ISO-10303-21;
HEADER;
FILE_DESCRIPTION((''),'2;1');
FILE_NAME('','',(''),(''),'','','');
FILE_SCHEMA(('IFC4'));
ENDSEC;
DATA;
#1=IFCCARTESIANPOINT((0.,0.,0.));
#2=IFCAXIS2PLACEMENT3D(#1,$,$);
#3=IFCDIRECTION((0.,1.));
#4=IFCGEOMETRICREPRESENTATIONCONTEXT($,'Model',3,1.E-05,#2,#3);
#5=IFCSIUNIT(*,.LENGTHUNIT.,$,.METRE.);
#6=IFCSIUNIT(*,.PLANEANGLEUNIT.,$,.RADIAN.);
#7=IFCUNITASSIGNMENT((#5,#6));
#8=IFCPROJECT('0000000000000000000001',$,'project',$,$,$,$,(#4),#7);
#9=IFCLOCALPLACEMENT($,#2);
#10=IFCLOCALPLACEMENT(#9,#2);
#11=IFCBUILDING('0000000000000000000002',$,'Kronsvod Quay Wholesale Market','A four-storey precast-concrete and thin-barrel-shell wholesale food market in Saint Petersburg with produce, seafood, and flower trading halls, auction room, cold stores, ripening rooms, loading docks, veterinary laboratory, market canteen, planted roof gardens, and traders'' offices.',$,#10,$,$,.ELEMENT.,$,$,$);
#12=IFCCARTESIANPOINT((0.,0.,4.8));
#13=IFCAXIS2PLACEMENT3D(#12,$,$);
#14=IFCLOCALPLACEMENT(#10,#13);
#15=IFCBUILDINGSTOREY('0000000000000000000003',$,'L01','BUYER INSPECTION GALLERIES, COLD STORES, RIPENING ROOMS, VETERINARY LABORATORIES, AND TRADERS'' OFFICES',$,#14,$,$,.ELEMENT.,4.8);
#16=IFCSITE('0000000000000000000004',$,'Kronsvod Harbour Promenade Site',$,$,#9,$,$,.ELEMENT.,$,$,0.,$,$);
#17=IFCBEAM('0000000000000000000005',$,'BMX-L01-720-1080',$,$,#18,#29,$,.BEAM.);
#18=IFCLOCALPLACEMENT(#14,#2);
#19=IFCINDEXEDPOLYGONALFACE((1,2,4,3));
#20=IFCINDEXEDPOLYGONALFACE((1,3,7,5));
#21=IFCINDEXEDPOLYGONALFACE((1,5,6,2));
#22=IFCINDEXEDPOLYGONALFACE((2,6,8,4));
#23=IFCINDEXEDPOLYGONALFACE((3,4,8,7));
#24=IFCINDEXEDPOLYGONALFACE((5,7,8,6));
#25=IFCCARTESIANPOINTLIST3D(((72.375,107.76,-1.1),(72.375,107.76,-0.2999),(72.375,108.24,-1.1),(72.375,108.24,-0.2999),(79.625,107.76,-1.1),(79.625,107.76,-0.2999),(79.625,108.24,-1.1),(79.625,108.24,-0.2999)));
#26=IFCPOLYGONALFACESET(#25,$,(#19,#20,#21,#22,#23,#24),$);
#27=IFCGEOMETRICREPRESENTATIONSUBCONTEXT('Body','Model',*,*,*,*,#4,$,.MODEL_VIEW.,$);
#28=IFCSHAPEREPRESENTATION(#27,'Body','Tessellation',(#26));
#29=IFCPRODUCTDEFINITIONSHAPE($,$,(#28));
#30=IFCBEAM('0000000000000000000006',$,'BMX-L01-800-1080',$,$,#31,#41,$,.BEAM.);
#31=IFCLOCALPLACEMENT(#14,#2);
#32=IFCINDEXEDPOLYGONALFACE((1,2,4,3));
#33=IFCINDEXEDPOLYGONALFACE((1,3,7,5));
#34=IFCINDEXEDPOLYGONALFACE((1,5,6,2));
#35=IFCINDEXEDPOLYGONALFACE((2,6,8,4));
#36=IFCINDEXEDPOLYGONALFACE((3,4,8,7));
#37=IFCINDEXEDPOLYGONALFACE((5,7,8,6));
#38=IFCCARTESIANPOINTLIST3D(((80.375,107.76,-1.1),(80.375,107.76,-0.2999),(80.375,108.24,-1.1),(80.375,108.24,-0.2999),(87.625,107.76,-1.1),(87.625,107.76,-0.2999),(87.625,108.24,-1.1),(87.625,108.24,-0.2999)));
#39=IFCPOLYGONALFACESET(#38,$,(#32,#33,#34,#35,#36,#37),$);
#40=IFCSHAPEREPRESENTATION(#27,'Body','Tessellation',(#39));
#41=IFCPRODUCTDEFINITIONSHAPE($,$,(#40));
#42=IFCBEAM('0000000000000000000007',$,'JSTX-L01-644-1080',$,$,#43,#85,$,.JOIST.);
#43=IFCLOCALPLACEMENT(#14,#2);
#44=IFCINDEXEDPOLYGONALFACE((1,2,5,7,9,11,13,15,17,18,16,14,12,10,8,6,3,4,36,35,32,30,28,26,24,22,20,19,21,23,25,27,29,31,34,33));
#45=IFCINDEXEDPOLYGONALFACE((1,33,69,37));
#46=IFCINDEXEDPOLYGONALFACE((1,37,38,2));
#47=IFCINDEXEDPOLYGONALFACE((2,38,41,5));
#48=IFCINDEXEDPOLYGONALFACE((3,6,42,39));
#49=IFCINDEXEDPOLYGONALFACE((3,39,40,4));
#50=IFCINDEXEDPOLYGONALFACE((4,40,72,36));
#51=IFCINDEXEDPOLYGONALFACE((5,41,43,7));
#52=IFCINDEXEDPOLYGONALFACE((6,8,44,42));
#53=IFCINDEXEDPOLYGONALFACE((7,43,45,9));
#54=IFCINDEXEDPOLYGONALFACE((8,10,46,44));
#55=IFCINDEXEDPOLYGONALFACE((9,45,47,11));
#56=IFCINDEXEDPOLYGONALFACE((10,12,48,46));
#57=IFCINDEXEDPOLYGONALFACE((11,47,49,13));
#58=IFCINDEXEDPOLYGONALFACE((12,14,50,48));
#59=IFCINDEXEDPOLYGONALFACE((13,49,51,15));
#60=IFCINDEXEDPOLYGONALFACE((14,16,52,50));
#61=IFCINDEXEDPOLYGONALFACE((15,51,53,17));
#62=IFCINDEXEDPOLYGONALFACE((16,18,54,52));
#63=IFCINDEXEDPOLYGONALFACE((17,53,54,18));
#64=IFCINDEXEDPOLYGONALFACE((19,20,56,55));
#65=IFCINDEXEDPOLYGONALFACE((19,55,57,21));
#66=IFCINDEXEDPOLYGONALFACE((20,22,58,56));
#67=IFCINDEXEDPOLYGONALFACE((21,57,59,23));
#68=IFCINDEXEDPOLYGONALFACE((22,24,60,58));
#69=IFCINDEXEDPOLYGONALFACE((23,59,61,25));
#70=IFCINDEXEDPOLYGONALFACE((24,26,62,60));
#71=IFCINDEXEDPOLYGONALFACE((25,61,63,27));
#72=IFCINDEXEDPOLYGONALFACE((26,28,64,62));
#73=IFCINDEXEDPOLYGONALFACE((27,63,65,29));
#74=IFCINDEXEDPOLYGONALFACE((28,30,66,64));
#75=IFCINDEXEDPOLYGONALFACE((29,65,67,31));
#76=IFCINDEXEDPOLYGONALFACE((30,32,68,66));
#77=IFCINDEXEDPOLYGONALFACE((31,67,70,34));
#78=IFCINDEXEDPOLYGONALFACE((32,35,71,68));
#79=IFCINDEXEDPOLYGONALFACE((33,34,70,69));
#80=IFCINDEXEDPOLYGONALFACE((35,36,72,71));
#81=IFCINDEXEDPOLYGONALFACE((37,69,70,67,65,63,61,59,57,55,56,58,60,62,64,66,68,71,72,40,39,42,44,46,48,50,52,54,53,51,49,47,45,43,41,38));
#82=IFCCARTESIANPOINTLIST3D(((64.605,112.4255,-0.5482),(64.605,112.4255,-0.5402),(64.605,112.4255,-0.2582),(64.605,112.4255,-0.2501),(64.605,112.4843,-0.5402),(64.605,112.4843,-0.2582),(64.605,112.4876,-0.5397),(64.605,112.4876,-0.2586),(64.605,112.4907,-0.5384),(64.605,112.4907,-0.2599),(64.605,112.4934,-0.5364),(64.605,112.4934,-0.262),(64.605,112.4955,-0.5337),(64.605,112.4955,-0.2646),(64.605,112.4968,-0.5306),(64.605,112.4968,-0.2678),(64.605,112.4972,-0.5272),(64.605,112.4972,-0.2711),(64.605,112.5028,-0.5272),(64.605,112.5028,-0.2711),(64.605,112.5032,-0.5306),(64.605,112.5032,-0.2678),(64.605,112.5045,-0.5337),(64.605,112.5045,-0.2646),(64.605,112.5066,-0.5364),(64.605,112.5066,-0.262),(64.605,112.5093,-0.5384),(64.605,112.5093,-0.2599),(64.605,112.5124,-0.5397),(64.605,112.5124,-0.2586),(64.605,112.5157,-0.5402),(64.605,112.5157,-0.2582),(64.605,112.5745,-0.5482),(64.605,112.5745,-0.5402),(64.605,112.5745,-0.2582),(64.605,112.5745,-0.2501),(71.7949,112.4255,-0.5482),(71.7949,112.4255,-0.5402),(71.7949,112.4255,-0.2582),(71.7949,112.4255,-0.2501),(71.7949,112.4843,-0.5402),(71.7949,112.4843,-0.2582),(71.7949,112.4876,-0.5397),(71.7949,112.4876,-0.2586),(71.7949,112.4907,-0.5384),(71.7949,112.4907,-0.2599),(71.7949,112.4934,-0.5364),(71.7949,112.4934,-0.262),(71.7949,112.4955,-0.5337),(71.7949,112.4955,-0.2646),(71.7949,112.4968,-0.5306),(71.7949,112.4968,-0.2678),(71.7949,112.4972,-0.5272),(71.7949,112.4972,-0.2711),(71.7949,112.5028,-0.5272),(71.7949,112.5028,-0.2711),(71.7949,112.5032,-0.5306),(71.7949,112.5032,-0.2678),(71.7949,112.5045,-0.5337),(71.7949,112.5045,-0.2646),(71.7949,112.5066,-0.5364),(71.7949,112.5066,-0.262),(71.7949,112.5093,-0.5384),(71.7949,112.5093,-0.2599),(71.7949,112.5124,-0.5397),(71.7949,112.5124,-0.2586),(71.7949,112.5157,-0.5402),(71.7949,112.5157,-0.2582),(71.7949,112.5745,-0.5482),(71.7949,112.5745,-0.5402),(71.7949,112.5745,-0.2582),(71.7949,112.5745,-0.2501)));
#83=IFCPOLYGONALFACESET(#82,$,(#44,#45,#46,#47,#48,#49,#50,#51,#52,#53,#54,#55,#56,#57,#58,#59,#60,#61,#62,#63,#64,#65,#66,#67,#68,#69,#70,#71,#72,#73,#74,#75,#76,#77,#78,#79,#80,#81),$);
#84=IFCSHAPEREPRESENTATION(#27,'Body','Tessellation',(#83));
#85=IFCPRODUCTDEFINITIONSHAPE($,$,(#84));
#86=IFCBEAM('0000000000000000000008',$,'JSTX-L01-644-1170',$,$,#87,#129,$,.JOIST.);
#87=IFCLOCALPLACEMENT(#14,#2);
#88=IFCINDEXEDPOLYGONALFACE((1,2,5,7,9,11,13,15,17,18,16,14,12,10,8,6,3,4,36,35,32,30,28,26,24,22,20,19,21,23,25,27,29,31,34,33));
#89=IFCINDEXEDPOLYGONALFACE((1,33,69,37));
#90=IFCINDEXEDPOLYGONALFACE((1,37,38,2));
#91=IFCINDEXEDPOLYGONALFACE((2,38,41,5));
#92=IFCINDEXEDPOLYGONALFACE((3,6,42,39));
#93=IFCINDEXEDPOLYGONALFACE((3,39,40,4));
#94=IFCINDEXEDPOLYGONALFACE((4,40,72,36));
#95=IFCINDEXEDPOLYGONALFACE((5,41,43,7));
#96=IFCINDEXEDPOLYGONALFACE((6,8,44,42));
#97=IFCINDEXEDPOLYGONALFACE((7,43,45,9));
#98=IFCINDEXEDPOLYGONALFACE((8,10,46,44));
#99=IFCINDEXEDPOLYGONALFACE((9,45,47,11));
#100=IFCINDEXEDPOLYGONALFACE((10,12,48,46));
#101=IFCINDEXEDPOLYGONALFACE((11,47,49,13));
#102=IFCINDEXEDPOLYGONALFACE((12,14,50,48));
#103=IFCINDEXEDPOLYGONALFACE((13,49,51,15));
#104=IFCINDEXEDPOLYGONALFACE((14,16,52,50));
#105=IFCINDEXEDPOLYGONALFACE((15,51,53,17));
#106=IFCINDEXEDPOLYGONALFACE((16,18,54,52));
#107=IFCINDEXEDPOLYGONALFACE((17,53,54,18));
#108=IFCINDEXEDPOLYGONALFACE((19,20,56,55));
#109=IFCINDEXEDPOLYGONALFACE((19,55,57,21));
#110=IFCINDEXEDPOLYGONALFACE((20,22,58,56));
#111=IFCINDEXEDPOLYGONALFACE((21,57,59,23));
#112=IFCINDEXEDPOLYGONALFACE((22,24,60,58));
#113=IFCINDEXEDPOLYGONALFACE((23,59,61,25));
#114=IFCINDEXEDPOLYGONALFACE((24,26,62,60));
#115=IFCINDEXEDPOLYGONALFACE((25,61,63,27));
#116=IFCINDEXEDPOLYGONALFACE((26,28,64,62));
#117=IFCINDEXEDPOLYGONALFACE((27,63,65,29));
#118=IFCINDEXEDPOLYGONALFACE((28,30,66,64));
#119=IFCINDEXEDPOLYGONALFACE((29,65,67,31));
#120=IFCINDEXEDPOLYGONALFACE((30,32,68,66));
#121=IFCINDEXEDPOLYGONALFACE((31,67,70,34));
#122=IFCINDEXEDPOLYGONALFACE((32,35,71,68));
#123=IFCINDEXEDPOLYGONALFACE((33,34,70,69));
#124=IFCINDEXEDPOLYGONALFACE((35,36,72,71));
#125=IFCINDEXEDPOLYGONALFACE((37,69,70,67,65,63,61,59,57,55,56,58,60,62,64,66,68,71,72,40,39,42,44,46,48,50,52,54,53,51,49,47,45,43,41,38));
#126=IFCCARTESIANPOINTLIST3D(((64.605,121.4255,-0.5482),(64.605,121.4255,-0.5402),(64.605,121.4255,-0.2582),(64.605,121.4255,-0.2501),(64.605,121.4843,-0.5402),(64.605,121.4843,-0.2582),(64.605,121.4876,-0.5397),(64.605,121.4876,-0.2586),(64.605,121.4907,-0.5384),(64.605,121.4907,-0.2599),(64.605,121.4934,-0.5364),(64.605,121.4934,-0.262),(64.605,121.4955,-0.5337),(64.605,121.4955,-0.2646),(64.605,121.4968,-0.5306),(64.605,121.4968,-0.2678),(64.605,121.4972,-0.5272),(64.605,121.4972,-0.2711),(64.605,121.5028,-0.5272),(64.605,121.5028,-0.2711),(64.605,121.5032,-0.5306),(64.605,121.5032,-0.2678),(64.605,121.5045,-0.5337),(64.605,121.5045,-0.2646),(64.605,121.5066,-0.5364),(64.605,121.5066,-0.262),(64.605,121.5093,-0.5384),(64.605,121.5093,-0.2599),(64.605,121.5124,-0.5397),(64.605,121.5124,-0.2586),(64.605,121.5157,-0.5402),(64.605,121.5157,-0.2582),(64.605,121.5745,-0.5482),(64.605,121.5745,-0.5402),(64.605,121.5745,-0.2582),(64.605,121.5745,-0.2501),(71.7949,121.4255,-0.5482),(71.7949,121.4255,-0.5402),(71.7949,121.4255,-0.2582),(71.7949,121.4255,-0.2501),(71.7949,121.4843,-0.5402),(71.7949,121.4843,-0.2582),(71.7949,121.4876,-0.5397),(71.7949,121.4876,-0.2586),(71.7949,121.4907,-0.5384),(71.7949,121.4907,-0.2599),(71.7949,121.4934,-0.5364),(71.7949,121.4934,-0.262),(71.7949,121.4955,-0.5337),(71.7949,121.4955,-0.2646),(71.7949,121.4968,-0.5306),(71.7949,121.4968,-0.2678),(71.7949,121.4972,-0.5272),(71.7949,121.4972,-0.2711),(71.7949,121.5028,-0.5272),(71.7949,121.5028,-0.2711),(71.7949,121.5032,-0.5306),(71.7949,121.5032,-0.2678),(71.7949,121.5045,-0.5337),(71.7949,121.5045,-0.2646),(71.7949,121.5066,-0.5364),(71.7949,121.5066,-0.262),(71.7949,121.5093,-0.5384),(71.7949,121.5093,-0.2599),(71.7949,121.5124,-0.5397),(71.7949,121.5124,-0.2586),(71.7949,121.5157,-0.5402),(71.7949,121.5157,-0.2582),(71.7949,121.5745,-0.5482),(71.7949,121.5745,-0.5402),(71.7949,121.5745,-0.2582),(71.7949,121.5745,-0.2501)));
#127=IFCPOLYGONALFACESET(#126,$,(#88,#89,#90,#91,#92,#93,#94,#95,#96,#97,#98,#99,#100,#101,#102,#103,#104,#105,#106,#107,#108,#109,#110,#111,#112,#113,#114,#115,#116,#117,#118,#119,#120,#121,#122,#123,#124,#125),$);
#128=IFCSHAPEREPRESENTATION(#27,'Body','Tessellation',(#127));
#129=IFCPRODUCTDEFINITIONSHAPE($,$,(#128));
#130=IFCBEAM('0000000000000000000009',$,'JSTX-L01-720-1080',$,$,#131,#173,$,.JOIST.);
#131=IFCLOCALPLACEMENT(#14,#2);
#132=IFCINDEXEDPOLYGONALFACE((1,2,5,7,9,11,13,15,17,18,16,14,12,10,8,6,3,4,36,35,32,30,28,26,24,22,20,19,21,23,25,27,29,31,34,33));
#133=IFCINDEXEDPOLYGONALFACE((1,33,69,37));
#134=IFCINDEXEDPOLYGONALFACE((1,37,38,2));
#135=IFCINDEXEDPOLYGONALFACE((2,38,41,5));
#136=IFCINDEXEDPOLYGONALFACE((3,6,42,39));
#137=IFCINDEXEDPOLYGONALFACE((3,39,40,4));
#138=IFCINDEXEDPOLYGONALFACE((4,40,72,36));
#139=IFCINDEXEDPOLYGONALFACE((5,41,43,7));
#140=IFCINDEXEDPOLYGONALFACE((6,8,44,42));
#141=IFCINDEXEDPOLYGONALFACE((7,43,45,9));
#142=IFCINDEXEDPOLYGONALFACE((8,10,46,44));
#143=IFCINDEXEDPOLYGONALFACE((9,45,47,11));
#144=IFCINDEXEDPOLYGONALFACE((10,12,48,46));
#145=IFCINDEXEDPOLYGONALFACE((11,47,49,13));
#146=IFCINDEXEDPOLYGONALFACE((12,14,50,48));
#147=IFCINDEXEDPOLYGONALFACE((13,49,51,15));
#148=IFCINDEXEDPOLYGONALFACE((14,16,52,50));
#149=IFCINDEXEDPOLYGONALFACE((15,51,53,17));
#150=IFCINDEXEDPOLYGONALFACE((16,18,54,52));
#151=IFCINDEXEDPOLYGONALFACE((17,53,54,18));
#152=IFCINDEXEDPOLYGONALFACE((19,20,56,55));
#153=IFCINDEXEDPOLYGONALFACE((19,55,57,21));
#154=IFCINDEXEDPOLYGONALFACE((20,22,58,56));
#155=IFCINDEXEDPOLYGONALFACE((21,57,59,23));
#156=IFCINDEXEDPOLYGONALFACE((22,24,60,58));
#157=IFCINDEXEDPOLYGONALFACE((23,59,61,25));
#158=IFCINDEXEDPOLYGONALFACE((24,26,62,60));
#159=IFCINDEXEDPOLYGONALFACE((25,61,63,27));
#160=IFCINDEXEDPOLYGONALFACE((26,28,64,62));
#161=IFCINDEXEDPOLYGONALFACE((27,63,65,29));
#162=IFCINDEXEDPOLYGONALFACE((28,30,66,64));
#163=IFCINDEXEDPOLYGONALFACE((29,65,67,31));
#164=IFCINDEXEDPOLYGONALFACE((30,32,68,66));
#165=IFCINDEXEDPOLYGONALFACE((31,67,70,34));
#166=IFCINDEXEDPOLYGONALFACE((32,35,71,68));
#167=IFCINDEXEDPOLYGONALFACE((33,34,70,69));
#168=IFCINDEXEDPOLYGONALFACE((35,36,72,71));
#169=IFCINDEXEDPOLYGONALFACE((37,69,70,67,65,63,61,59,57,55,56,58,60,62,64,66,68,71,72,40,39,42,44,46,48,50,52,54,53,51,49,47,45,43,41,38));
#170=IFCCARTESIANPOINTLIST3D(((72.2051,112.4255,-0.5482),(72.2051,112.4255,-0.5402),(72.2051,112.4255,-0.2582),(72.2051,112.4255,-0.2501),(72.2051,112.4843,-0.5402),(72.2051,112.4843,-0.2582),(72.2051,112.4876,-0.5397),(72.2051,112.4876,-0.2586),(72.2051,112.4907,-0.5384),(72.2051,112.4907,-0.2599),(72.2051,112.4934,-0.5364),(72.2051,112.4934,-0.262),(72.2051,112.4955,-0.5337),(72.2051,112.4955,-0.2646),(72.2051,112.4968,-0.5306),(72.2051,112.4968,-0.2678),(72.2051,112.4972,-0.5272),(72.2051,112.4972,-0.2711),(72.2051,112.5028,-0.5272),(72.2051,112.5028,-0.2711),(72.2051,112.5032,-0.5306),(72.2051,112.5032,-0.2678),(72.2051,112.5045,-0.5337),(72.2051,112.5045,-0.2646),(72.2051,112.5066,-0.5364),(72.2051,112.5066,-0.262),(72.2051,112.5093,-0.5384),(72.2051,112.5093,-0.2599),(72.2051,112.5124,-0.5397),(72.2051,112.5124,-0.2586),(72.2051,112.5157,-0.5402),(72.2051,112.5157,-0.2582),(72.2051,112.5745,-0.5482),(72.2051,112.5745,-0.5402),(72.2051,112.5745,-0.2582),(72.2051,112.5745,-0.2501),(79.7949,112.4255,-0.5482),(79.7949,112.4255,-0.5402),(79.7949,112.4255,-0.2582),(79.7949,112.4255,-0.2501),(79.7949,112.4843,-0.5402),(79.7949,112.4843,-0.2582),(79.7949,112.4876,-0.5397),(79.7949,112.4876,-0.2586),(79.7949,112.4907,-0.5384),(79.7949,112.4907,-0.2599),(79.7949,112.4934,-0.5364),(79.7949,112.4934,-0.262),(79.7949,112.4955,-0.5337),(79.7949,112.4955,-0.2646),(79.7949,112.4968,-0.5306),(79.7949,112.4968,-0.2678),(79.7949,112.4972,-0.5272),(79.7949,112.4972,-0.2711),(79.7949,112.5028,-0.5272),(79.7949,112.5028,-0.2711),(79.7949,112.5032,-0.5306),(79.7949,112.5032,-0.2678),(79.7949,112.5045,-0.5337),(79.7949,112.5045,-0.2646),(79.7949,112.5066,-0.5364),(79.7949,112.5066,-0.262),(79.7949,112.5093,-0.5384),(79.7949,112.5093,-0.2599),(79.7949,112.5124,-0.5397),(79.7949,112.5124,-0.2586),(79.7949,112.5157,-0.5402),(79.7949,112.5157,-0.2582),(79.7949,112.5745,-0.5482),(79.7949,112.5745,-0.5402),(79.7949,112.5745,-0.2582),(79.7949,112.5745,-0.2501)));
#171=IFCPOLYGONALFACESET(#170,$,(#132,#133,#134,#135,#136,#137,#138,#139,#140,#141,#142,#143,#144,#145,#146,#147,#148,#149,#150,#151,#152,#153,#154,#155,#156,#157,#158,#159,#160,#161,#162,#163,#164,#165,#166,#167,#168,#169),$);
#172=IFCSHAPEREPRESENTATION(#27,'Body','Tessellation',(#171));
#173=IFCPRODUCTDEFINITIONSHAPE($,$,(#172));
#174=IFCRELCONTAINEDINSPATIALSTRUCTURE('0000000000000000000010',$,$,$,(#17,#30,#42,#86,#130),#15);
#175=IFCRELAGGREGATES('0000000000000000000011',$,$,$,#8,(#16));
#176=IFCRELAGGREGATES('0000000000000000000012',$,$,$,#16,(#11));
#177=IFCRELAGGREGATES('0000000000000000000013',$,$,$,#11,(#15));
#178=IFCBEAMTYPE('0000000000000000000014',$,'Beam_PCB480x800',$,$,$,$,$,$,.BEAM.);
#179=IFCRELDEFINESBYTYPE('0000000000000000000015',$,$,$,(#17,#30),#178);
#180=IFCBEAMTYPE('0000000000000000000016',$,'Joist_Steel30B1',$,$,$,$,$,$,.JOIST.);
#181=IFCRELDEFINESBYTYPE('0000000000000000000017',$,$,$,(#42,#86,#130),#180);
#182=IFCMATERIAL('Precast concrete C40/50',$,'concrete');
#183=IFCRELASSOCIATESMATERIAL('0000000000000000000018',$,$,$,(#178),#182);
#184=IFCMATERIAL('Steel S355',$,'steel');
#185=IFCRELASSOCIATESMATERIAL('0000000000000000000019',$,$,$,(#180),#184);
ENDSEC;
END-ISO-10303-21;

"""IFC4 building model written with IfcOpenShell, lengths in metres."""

from ifc_helpers import new_model, si_unit, direction, frame, origin, origin_2d, place, context, subcontext, project, spatial, rectangle, i_section, extrude, material, material_profile, profile_set, type_object, element, save


model = new_model("IFC4")

# Units and contexts
model_context = context("Model", 3, precision=1e-05, world=origin(), true_north=direction((0.0, 1.0)))
body_context = subcontext(model_context, "Body", "Model", "MODEL_VIEW")
ifc_project = project(units=[si_unit("LENGTHUNIT", "METRE"), si_unit("PLANEANGLEUNIT", "RADIAN")], contexts=[model_context])

# Site, building, storey
site_placement = place(None, origin())
site = spatial("IfcSite", under=ifc_project, at=site_placement, Name="Kronsvod Harbour Promenade Site", CompositionType="ELEMENT", RefElevation=0.0)
building_placement = place(site_placement, origin())
building = spatial("IfcBuilding", under=site, at=building_placement, Name="Kronsvod Quay Wholesale Market", Description="A four-storey precast-concrete and thin-barrel-shell wholesale food market in Saint Petersburg with produce, seafood, and flower trading halls, auction room, cold stores, ripening rooms, loading docks, veterinary laboratory, market canteen, planted roof gardens, and traders' offices.", CompositionType="ELEMENT")
storey_placement = place(building_placement, frame((0.0, 0.0, 4.8)))
storey = spatial("IfcBuildingStorey", under=building, at=storey_placement, Name="L01", Description="BUYER INSPECTION GALLERIES, COLD STORES, RIPENING ROOMS, VETERINARY LABORATORIES, AND TRADERS' OFFICES", CompositionType="ELEMENT", Elevation=4.8)

# Beams
ifc_material_1 = material(Name="Precast concrete C40/50", Category="concrete")
ifc_material_profile_1 = material_profile(ifc_material_1, rectangle(XDim=0.48, YDim=0.8, at=origin_2d()), Name="PB-04")
ifc_profile_set_1 = profile_set([ifc_material_profile_1], Name="Precast concrete C40/50")
beam_type_1 = type_object("IfcBeamType", Name="Beam_PCB480x800", PredefinedType="BEAM", material=ifc_profile_set_1)
for number, where, z_axis, x_axis, name in (
    (1, (72.375, 108.0, -0.7), (1.0, 0.0, 0.0), (0.0, 1.0, 0.0), "BMX-L01-720-1080"),
    (2, (80.375, 108.0, -0.7), (1.0, 0.0, 0.0), (0.0, 1.0, 0.0), "BMX-L01-800-1080"),
):
    element("IfcBeam", number, at=place(storey_placement, frame(where, z_axis=z_axis, x_axis=x_axis)), inside=storey, type_object=beam_type_1, Name=name, PredefinedType="BEAM", context=body_context, shape_type="SweptSolid", body=[
        extrude(rectangle(XDim=0.48, YDim=0.8, at=origin_2d()), origin(), (0.0, 0.0, 1.0), 7.25),
    ])
ifc_material_2 = material(Name="Steel S355", Category="steel")
ifc_material_profile_2 = material_profile(ifc_material_2, i_section(OverallWidth=0.1489, OverallDepth=0.2981, WebThickness=0.0056, FlangeThickness=0.0081, FilletRadius=0.0129, at=origin_2d()), Name="30B1")
ifc_profile_set_2 = profile_set([ifc_material_profile_2], Name="Steel S355")
beam_type_2 = type_object("IfcBeamType", Name="Joist_Steel30B1", PredefinedType="JOIST", material=ifc_profile_set_2)
for number, where, z_axis, x_axis, name in (
    (3, (64.605, 112.5, -0.3992), (1.0, 0.0, 0.0), (0.0, 1.0, 0.0), "JSTX-L01-644-1080"),
    (4, (64.605, 121.5, -0.3992), (1.0, 0.0, 0.0), (0.0, 1.0, 0.0), "JSTX-L01-644-1170"),
):
    element("IfcBeam", number, at=place(storey_placement, frame(where, z_axis=z_axis, x_axis=x_axis)), inside=storey, type_object=beam_type_2, Name=name, PredefinedType="JOIST", context=body_context, shape_type="SweptSolid", body=[
        extrude(i_section(OverallWidth=0.1489, OverallDepth=0.2981, WebThickness=0.0056, FlangeThickness=0.0081, FilletRadius=0.0129, at=origin_2d()), origin(), (0.0, 0.0, 1.0), 7.1899),
    ])
for number, where, z_axis, x_axis, name in (
    (5, (72.2051, 112.5, -0.3992), (1.0, 0.0, 0.0), (0.0, 1.0, 0.0), "JSTX-L01-720-1080"),
):
    element("IfcBeam", number, at=place(storey_placement, frame(where, z_axis=z_axis, x_axis=x_axis)), inside=storey, type_object=beam_type_2, Name=name, PredefinedType="JOIST", context=body_context, shape_type="SweptSolid", body=[
        extrude(i_section(OverallWidth=0.1489, OverallDepth=0.2981, WebThickness=0.0056, FlangeThickness=0.0081, FilletRadius=0.0129, at=origin_2d()), origin(), (0.0, 0.0, 1.0), 7.5898),
    ])

save(model, "model.ifc")
